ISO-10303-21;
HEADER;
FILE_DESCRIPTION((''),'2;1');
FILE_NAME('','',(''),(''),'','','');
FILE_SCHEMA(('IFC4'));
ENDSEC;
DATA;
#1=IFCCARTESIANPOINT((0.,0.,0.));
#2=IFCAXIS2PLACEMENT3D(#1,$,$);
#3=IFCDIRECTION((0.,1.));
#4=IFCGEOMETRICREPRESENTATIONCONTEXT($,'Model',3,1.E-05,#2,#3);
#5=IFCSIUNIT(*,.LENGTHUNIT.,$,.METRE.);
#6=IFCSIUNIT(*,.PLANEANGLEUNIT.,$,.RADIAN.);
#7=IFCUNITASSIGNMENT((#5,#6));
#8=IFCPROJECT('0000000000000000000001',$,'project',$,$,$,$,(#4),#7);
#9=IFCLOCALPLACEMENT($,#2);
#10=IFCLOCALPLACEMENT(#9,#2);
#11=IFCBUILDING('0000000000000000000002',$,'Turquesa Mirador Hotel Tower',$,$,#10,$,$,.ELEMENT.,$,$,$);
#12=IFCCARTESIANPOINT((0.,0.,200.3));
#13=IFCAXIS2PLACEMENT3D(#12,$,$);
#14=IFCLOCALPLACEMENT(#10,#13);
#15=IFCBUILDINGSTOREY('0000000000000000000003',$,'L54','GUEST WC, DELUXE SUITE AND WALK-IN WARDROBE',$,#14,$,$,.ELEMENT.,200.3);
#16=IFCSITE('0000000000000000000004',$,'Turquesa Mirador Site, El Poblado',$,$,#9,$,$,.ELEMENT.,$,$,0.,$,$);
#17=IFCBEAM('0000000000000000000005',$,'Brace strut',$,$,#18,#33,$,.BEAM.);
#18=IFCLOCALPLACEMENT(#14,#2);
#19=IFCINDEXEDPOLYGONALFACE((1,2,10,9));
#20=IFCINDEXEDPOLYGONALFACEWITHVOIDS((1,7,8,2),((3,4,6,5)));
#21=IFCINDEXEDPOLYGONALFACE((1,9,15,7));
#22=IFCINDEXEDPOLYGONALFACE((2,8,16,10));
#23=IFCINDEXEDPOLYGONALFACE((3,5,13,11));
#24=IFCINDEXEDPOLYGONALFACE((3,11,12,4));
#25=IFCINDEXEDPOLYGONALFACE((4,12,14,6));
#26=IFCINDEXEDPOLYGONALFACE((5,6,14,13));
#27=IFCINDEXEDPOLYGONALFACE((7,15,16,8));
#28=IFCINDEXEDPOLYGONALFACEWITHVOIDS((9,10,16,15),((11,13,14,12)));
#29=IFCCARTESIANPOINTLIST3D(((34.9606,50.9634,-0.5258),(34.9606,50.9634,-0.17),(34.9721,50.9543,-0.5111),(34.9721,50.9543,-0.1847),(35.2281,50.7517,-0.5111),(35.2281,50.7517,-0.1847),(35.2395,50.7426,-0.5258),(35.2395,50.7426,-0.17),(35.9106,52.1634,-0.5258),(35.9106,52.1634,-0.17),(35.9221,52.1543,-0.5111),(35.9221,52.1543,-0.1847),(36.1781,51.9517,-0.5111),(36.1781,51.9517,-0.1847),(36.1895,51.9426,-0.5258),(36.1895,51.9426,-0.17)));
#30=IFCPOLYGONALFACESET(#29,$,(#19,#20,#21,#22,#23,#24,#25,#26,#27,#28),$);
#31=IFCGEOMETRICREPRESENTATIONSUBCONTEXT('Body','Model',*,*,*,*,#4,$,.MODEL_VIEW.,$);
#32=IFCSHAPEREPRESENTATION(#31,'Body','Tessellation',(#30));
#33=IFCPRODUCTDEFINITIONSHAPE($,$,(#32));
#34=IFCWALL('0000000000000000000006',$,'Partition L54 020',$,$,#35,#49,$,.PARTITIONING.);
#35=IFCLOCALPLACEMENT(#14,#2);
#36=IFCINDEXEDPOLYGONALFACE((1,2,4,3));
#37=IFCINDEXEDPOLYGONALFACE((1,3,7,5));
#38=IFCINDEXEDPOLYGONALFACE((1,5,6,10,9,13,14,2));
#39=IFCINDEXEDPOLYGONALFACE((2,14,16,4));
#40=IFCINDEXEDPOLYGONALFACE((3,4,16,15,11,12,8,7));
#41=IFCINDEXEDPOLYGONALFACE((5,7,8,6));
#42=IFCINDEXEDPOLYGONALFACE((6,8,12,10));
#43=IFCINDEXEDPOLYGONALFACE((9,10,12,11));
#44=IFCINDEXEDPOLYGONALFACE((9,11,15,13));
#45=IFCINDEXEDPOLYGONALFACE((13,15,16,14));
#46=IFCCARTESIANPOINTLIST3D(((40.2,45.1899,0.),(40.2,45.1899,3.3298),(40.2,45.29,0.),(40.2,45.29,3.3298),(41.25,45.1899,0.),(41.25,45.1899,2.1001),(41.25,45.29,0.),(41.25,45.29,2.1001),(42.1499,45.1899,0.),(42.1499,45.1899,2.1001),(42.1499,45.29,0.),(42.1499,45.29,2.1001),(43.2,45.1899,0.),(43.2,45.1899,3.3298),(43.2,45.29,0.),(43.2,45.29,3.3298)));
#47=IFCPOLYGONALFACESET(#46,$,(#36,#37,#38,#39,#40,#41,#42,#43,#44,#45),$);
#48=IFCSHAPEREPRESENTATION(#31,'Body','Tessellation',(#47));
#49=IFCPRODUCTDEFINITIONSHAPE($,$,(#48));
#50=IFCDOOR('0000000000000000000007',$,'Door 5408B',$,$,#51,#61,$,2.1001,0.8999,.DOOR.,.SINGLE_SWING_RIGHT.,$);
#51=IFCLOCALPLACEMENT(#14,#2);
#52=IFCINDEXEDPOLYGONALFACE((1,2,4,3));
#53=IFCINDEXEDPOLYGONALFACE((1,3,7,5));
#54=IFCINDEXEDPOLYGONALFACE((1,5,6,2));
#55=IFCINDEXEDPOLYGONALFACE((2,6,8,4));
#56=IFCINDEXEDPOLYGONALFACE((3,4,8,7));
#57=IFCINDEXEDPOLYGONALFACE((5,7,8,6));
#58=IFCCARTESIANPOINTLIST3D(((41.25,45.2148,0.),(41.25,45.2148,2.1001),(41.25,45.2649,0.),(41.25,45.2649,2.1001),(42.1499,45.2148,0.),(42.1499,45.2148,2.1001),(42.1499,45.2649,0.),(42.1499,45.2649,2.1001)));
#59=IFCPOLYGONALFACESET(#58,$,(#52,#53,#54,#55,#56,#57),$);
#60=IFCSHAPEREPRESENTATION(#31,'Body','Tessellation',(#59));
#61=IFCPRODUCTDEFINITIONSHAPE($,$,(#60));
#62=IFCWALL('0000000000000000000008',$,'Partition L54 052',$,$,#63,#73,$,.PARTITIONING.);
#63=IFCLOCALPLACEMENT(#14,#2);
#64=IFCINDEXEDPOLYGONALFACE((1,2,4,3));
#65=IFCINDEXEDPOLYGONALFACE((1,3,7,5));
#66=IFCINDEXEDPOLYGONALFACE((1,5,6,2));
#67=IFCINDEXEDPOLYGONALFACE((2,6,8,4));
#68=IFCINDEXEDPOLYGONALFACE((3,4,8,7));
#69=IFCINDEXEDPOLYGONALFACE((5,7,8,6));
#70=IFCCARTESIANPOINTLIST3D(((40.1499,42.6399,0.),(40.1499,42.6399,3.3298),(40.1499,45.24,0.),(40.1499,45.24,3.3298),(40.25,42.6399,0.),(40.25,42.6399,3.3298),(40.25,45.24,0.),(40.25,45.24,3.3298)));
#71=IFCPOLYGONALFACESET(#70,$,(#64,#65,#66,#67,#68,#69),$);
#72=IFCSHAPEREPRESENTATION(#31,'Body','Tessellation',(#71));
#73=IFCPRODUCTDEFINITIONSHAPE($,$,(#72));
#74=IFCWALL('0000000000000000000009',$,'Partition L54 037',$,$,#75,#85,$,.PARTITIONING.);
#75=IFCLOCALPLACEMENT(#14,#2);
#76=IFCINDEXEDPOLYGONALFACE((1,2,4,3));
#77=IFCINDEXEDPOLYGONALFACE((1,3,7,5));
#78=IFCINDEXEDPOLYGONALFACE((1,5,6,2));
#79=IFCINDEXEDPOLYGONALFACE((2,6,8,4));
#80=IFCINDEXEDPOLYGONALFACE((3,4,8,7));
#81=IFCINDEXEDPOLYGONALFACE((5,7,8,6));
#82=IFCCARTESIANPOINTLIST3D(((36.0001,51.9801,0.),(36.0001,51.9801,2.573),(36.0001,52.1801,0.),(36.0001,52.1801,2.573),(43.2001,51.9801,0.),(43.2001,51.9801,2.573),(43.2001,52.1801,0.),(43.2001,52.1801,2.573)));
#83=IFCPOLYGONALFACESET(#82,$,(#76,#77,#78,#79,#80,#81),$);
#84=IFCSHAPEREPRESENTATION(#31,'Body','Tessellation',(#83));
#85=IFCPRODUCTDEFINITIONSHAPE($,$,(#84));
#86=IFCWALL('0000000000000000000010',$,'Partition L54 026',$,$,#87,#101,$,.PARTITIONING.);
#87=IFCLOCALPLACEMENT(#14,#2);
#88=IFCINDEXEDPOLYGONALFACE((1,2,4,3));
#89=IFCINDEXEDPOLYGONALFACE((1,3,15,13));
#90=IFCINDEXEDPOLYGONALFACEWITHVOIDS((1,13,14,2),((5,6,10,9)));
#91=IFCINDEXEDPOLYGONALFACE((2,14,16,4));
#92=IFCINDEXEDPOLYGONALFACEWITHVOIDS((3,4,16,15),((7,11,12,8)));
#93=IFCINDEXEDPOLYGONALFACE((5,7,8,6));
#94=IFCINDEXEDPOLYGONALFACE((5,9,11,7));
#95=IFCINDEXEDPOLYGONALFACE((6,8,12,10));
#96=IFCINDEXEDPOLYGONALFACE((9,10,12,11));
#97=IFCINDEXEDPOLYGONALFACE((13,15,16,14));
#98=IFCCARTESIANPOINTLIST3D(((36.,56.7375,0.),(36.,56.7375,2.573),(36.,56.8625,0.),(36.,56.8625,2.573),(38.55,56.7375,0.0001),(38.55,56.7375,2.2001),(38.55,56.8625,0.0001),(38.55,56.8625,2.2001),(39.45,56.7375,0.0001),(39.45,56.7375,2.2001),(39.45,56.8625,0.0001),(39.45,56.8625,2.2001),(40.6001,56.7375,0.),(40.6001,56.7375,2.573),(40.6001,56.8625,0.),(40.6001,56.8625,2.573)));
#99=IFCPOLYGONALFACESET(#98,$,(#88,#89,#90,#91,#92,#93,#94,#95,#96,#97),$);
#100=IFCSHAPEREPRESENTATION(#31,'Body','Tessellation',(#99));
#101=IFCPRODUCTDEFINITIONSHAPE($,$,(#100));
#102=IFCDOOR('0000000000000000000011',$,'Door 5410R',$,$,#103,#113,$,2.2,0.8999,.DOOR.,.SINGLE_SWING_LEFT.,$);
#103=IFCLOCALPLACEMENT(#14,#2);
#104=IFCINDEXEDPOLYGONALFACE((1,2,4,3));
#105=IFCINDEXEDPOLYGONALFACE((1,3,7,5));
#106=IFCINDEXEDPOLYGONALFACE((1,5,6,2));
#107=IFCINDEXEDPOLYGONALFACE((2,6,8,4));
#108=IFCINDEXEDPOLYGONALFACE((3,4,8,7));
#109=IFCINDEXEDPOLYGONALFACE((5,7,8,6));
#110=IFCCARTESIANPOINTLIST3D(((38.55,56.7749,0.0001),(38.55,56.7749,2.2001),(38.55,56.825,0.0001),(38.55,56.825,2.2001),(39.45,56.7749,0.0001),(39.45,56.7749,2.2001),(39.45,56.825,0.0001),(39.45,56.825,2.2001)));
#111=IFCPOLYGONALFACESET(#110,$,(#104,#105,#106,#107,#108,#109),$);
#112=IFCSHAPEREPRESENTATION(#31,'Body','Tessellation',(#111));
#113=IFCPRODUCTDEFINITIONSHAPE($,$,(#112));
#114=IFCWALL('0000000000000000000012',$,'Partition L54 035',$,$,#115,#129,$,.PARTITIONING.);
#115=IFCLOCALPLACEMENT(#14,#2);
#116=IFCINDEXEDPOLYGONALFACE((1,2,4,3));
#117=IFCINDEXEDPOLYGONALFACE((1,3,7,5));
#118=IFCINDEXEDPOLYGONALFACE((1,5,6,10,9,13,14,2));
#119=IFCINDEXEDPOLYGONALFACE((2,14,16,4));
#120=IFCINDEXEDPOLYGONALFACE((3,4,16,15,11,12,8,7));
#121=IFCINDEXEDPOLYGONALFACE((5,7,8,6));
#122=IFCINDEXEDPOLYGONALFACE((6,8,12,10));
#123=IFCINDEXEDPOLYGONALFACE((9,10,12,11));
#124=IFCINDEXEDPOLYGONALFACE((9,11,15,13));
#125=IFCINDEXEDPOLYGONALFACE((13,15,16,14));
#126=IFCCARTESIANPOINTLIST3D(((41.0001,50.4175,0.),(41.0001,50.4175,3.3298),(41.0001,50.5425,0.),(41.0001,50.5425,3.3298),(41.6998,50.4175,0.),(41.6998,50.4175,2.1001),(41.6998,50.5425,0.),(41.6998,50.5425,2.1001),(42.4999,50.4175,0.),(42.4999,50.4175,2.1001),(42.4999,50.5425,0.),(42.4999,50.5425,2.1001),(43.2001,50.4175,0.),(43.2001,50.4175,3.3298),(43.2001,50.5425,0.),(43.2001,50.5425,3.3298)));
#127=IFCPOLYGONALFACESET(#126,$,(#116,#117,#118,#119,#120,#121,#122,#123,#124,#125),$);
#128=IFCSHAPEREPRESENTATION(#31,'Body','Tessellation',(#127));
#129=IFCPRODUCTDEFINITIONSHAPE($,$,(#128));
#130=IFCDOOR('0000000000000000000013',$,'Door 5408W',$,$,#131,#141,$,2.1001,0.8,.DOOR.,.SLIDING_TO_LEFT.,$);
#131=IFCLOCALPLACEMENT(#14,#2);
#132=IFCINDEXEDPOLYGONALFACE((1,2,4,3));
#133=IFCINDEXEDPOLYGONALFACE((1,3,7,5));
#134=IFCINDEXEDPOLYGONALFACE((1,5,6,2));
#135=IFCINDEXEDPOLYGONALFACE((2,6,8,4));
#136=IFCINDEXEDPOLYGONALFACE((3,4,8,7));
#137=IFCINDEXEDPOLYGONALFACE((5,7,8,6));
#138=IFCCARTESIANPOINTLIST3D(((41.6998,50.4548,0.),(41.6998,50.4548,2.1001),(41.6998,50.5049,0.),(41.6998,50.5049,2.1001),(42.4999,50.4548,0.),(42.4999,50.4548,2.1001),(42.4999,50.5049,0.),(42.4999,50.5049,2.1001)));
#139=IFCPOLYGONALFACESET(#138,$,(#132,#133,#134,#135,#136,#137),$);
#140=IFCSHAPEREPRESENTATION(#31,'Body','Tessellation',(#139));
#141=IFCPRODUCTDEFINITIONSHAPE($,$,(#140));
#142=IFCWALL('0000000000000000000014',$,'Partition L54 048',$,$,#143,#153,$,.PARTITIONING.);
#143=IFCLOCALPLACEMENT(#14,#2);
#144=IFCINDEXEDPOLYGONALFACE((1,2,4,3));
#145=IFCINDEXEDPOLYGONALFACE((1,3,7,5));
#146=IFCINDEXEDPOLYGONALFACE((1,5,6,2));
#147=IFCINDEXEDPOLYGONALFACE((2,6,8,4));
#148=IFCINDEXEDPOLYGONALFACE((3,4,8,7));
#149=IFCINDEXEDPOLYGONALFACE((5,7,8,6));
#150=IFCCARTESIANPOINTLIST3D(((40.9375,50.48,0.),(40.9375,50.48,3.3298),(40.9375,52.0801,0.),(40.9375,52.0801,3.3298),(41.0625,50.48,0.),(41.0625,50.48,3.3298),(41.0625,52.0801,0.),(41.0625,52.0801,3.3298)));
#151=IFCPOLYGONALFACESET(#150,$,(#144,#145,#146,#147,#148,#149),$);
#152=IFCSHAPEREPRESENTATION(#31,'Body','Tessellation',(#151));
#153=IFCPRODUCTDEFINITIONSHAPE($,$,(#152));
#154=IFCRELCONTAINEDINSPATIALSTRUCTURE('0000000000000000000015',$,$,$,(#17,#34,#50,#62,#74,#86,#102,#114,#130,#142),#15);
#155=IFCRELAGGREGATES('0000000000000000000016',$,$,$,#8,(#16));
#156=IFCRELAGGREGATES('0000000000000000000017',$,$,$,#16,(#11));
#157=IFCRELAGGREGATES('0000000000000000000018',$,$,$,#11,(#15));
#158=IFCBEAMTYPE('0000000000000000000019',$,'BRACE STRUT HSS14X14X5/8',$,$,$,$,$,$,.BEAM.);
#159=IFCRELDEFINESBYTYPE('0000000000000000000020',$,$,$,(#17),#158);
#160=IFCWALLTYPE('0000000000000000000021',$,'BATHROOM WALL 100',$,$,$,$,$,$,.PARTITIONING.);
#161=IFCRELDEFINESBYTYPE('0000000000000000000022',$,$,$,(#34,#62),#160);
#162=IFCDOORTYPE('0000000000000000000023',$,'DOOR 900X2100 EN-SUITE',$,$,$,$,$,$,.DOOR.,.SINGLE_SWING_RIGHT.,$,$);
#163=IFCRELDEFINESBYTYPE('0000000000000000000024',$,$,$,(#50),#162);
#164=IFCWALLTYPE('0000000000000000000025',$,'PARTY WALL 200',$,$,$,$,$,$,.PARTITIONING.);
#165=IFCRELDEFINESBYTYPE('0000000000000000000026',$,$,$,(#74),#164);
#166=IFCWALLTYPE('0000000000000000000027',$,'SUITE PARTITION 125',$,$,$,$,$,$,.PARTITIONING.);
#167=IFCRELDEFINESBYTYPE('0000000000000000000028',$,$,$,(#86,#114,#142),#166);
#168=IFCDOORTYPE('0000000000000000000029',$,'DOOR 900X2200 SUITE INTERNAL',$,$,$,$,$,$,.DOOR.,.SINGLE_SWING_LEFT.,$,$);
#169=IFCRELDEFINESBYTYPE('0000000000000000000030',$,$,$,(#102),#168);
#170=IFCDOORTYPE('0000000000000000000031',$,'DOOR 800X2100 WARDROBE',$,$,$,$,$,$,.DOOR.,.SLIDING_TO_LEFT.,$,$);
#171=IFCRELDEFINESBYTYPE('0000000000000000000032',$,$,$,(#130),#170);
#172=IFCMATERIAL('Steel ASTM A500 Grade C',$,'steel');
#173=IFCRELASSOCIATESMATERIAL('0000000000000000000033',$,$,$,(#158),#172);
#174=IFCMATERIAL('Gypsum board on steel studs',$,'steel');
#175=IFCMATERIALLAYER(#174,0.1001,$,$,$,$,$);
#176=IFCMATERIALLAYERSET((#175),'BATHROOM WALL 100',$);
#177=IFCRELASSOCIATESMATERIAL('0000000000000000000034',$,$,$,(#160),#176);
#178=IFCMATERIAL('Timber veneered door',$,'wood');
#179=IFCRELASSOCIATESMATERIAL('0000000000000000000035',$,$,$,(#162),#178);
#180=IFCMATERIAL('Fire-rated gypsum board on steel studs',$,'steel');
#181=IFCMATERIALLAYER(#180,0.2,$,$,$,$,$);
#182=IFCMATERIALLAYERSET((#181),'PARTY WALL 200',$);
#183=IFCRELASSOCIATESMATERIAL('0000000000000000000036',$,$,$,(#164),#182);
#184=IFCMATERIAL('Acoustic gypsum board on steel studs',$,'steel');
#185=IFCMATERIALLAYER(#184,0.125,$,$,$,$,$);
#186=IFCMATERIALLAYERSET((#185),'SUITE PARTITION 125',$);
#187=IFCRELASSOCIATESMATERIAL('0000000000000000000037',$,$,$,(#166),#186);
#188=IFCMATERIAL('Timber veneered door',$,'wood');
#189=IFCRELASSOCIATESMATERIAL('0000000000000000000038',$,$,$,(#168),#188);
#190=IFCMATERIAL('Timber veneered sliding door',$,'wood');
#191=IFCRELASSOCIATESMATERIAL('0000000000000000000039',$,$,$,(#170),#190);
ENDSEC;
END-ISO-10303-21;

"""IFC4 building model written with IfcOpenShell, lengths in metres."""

from ifc_helpers import new_model, si_unit, direction, frame, frame_2d, origin, origin_2d, place, context, subcontext, project, spatial, rectangle, hollow_rectangle, extrude, material, layer, layer_set, material_profile, profile_set, type_object, element, fill, save


model = new_model("IFC4")

# Units and contexts
model_context = context("Model", 3, precision=1e-05, world=origin(), true_north=direction((0.0, 1.0)))
body_context = subcontext(model_context, "Body", "Model", "MODEL_VIEW")
ifc_project = project(units=[si_unit("LENGTHUNIT", "METRE"), si_unit("PLANEANGLEUNIT", "RADIAN")], contexts=[model_context])

# Site, building, storey
site_placement = place(None, origin())
site = spatial("IfcSite", under=ifc_project, at=site_placement, Name="Turquesa Mirador Site, El Poblado", CompositionType="ELEMENT", RefElevation=0.0)
building_placement = place(site_placement, origin())
building = spatial("IfcBuilding", under=site, at=building_placement, Name="Turquesa Mirador Hotel Tower", CompositionType="ELEMENT")
storey_placement = place(building_placement, frame((0.0, 0.0, 200.3)))
storey = spatial("IfcBuildingStorey", under=building, at=storey_placement, Name="L54", Description="GUEST WC, DELUXE SUITE AND WALK-IN WARDROBE", CompositionType="ELEMENT", Elevation=200.3)

# Beam
ifc_material_1 = material(Name="Steel ASTM A500 Grade C", Category="steel")
ifc_material_profile_1 = material_profile(ifc_material_1, hollow_rectangle(XDim=0.3557, YDim=0.3557, WallThickness=0.0146, at=origin_2d()), Name="HSS14X14X5/8")
ifc_profile_set_1 = profile_set([ifc_material_profile_1], Name="Steel ASTM A500 Grade C")
beam_type_1 = type_object("IfcBeamType", Name="BRACE STRUT HSS14X14X5/8", PredefinedType="BEAM", material=ifc_profile_set_1)
beam_1_placement = place(storey_placement, frame((35.1001, 50.853, -0.3479), z_axis=(0.620699, 0.784049, 0.0), x_axis=(-0.784049, 0.620699, 0.0)))
element("IfcBeam", 1, at=beam_1_placement, inside=storey, type_object=beam_type_1, Name="Brace strut", PredefinedType="BEAM", context=body_context, shape_type="SweptSolid", body=[
    extrude(hollow_rectangle(XDim=0.3557, YDim=0.3557, WallThickness=0.0146, at=origin_2d()), origin(), (0.0, 0.0, 1.0), 1.5305),
])

# Wall, opening, door
ifc_material_2 = material(Name="Gypsum board on steel studs", Category="steel")
ifc_layer_1 = layer(ifc_material_2, 0.1001)
ifc_layer_set_1 = layer_set([ifc_layer_1], Name="BATHROOM WALL 100")
wall_type_1 = type_object("IfcWallType", Name="BATHROOM WALL 100", PredefinedType="PARTITIONING", material=ifc_layer_set_1)
wall_1_placement = place(storey_placement, frame((40.2, 45.24, 0.0), z_axis=(0.0, 0.0, 1.0), x_axis=(1.0, 0.0, 0.0)))
wall_1 = element("IfcWall", 2, at=wall_1_placement, inside=storey, type_object=wall_type_1, Name="Partition L54 020", PredefinedType="PARTITIONING", context=body_context, shape_type="SweptSolid", body=[
    extrude(rectangle(XDim=3.0, YDim=0.1001, at=frame_2d((1.5, 0.0))), origin(), (0.0, 0.0, 1.0), 3.3298),
])
opening_1_placement = place(wall_1_placement, frame((1.05, 0.0, 0.0)))
opening_1 = element("IfcOpeningElement", 3, at=opening_1_placement, cuts=wall_1, PredefinedType="OPENING", context=body_context, shape_type="SweptSolid", body=[
    extrude(rectangle(XDim=0.8999, YDim=2.1001, at=frame_2d((0.45, 1.05))), frame((0.0, 0.0601, 0.0), z_axis=(0.0, -1.0, 0.0), x_axis=(1.0, 0.0, 0.0)), (0.0, 0.0, 1.0), 0.1201),
])
ifc_material_3 = material(Name="Timber veneered door", Category="wood")
door_type_1 = type_object("IfcDoorType", Name="DOOR 900X2100 EN-SUITE", OperationType="SINGLE_SWING_RIGHT", PredefinedType="DOOR", material=ifc_material_3)
door_1_placement = place(opening_1_placement, origin())
door_1 = element("IfcDoor", 4, at=door_1_placement, inside=storey, type_object=door_type_1, Name="Door 5408B", OperationType="SINGLE_SWING_RIGHT", OverallHeight=2.1001, OverallWidth=0.8999, PredefinedType="DOOR", context=body_context, shape_type="SweptSolid", body=[
    extrude(rectangle(XDim=0.8999, YDim=2.1001, at=frame_2d((0.45, 1.05))), frame((0.0, 0.0249, 0.0), z_axis=(0.0, -1.0, 0.0), x_axis=(1.0, 0.0, 0.0)), (0.0, 0.0, 1.0), 0.05),
])
fill(opening_1, door_1)

# Walls
wall_2_placement = place(storey_placement, frame((40.2, 42.6399, 0.0), z_axis=(0.0, 0.0, 1.0), x_axis=(0.0, 1.0, 0.0)))
element("IfcWall", 5, at=wall_2_placement, inside=storey, type_object=wall_type_1, Name="Partition L54 052", PredefinedType="PARTITIONING", context=body_context, shape_type="SweptSolid", body=[
    extrude(rectangle(XDim=2.6001, YDim=0.1001, at=frame_2d((1.3, 0.0))), origin(), (0.0, 0.0, 1.0), 3.3298),
])
ifc_material_4 = material(Name="Fire-rated gypsum board on steel studs", Category="steel")
ifc_layer_2 = layer(ifc_material_4, 0.2)
ifc_layer_set_2 = layer_set([ifc_layer_2], Name="PARTY WALL 200")
wall_type_2 = type_object("IfcWallType", Name="PARTY WALL 200", PredefinedType="PARTITIONING", material=ifc_layer_set_2)
wall_3_placement = place(storey_placement, frame((36.0, 52.0801, 0.0), z_axis=(0.0, 0.0, 1.0), x_axis=(1.0, 0.0, 0.0)))
element("IfcWall", 6, at=wall_3_placement, inside=storey, type_object=wall_type_2, Name="Partition L54 037", PredefinedType="PARTITIONING", context=body_context, shape_type="SweptSolid", body=[
    extrude(rectangle(XDim=7.2, YDim=0.2, at=frame_2d((3.6001, 0.0))), origin(), (0.0, 0.0, 1.0), 2.573),
])

# Walls, openings, doors
ifc_material_5 = material(Name="Acoustic gypsum board on steel studs", Category="steel")
ifc_layer_3 = layer(ifc_material_5, 0.125)
ifc_layer_set_3 = layer_set([ifc_layer_3], Name="SUITE PARTITION 125")
wall_type_3 = type_object("IfcWallType", Name="SUITE PARTITION 125", PredefinedType="PARTITIONING", material=ifc_layer_set_3)
wall_4_placement = place(storey_placement, frame((36.0, 56.8, 0.0), z_axis=(0.0, 0.0, 1.0), x_axis=(1.0, 0.0, 0.0)))
wall_4 = element("IfcWall", 7, at=wall_4_placement, inside=storey, type_object=wall_type_3, Name="Partition L54 026", PredefinedType="PARTITIONING", context=body_context, shape_type="SweptSolid", body=[
    extrude(rectangle(XDim=4.6001, YDim=0.125, at=frame_2d((2.3, 0.0))), origin(), (0.0, 0.0, 1.0), 2.573),
])
opening_2_placement = place(wall_4_placement, frame((2.55, 0.0, 0.0)))
opening_2 = element("IfcOpeningElement", 8, at=opening_2_placement, cuts=wall_4, PredefinedType="OPENING", context=body_context, shape_type="SweptSolid", body=[
    extrude(rectangle(XDim=0.8999, YDim=2.2, at=frame_2d((0.45, 1.1001))), frame((0.0, 0.0725, 0.0), z_axis=(0.0, -1.0, 0.0), x_axis=(1.0, 0.0, 0.0)), (0.0, 0.0, 1.0), 0.145),
])
ifc_material_6 = material(Name="Timber veneered door", Category="wood")
door_type_2 = type_object("IfcDoorType", Name="DOOR 900X2200 SUITE INTERNAL", OperationType="SINGLE_SWING_LEFT", PredefinedType="DOOR", material=ifc_material_6)
door_2_placement = place(opening_2_placement, origin())
door_2 = element("IfcDoor", 9, at=door_2_placement, inside=storey, type_object=door_type_2, Name="Door 5410R", OperationType="SINGLE_SWING_LEFT", OverallHeight=2.2, OverallWidth=0.8999, PredefinedType="DOOR", context=body_context, shape_type="SweptSolid", body=[
    extrude(rectangle(XDim=0.8999, YDim=2.2, at=frame_2d((0.45, 1.1001))), frame((0.0, 0.0249, 0.0), z_axis=(0.0, -1.0, 0.0), x_axis=(1.0, 0.0, 0.0)), (0.0, 0.0, 1.0), 0.05),
])
fill(opening_2, door_2)
wall_5_placement = place(storey_placement, frame((41.0, 50.48, 0.0), z_axis=(0.0, 0.0, 1.0), x_axis=(1.0, 0.0, 0.0)))
wall_5 = element("IfcWall", 10, at=wall_5_placement, inside=storey, type_object=wall_type_3, Name="Partition L54 035", PredefinedType="PARTITIONING", context=body_context, shape_type="SweptSolid", body=[
    extrude(rectangle(XDim=2.2, YDim=0.125, at=frame_2d((1.1001, 0.0))), origin(), (0.0, 0.0, 1.0), 3.3298),
])
opening_3_placement = place(wall_5_placement, frame((0.7, 0.0, 0.0)))
opening_3 = element("IfcOpeningElement", 11, at=opening_3_placement, cuts=wall_5, PredefinedType="OPENING", context=body_context, shape_type="SweptSolid", body=[
    extrude(rectangle(XDim=0.8, YDim=2.1001, at=frame_2d((0.3999, 1.05))), frame((0.0, 0.0725, 0.0), z_axis=(0.0, -1.0, 0.0), x_axis=(1.0, 0.0, 0.0)), (0.0, 0.0, 1.0), 0.145),
])
ifc_material_7 = material(Name="Timber veneered sliding door", Category="wood")
door_type_3 = type_object("IfcDoorType", Name="DOOR 800X2100 WARDROBE", OperationType="SLIDING_TO_LEFT", PredefinedType="DOOR", material=ifc_material_7)
door_3_placement = place(opening_3_placement, origin())
door_3 = element("IfcDoor", 12, at=door_3_placement, inside=storey, type_object=door_type_3, Name="Door 5408W", OperationType="SLIDING_TO_LEFT", OverallHeight=2.1001, OverallWidth=0.8, PredefinedType="DOOR", context=body_context, shape_type="SweptSolid", body=[
    extrude(rectangle(XDim=0.8, YDim=2.1001, at=frame_2d((0.3999, 1.05))), frame((0.0, 0.0249, 0.0), z_axis=(0.0, -1.0, 0.0), x_axis=(1.0, 0.0, 0.0)), (0.0, 0.0, 1.0), 0.05),
])
fill(opening_3, door_3)

# Wall
wall_6_placement = place(storey_placement, frame((41.0, 50.48, 0.0), z_axis=(0.0, 0.0, 1.0), x_axis=(0.0, 1.0, 0.0)))
element("IfcWall", 13, at=wall_6_placement, inside=storey, type_object=wall_type_3, Name="Partition L54 048", PredefinedType="PARTITIONING", context=body_context, shape_type="SweptSolid", body=[
    extrude(rectangle(XDim=1.6001, YDim=0.125, at=frame_2d((0.8, 0.0))), origin(), (0.0, 0.0, 1.0), 3.3298),
])

save(model, "model.ifc")
